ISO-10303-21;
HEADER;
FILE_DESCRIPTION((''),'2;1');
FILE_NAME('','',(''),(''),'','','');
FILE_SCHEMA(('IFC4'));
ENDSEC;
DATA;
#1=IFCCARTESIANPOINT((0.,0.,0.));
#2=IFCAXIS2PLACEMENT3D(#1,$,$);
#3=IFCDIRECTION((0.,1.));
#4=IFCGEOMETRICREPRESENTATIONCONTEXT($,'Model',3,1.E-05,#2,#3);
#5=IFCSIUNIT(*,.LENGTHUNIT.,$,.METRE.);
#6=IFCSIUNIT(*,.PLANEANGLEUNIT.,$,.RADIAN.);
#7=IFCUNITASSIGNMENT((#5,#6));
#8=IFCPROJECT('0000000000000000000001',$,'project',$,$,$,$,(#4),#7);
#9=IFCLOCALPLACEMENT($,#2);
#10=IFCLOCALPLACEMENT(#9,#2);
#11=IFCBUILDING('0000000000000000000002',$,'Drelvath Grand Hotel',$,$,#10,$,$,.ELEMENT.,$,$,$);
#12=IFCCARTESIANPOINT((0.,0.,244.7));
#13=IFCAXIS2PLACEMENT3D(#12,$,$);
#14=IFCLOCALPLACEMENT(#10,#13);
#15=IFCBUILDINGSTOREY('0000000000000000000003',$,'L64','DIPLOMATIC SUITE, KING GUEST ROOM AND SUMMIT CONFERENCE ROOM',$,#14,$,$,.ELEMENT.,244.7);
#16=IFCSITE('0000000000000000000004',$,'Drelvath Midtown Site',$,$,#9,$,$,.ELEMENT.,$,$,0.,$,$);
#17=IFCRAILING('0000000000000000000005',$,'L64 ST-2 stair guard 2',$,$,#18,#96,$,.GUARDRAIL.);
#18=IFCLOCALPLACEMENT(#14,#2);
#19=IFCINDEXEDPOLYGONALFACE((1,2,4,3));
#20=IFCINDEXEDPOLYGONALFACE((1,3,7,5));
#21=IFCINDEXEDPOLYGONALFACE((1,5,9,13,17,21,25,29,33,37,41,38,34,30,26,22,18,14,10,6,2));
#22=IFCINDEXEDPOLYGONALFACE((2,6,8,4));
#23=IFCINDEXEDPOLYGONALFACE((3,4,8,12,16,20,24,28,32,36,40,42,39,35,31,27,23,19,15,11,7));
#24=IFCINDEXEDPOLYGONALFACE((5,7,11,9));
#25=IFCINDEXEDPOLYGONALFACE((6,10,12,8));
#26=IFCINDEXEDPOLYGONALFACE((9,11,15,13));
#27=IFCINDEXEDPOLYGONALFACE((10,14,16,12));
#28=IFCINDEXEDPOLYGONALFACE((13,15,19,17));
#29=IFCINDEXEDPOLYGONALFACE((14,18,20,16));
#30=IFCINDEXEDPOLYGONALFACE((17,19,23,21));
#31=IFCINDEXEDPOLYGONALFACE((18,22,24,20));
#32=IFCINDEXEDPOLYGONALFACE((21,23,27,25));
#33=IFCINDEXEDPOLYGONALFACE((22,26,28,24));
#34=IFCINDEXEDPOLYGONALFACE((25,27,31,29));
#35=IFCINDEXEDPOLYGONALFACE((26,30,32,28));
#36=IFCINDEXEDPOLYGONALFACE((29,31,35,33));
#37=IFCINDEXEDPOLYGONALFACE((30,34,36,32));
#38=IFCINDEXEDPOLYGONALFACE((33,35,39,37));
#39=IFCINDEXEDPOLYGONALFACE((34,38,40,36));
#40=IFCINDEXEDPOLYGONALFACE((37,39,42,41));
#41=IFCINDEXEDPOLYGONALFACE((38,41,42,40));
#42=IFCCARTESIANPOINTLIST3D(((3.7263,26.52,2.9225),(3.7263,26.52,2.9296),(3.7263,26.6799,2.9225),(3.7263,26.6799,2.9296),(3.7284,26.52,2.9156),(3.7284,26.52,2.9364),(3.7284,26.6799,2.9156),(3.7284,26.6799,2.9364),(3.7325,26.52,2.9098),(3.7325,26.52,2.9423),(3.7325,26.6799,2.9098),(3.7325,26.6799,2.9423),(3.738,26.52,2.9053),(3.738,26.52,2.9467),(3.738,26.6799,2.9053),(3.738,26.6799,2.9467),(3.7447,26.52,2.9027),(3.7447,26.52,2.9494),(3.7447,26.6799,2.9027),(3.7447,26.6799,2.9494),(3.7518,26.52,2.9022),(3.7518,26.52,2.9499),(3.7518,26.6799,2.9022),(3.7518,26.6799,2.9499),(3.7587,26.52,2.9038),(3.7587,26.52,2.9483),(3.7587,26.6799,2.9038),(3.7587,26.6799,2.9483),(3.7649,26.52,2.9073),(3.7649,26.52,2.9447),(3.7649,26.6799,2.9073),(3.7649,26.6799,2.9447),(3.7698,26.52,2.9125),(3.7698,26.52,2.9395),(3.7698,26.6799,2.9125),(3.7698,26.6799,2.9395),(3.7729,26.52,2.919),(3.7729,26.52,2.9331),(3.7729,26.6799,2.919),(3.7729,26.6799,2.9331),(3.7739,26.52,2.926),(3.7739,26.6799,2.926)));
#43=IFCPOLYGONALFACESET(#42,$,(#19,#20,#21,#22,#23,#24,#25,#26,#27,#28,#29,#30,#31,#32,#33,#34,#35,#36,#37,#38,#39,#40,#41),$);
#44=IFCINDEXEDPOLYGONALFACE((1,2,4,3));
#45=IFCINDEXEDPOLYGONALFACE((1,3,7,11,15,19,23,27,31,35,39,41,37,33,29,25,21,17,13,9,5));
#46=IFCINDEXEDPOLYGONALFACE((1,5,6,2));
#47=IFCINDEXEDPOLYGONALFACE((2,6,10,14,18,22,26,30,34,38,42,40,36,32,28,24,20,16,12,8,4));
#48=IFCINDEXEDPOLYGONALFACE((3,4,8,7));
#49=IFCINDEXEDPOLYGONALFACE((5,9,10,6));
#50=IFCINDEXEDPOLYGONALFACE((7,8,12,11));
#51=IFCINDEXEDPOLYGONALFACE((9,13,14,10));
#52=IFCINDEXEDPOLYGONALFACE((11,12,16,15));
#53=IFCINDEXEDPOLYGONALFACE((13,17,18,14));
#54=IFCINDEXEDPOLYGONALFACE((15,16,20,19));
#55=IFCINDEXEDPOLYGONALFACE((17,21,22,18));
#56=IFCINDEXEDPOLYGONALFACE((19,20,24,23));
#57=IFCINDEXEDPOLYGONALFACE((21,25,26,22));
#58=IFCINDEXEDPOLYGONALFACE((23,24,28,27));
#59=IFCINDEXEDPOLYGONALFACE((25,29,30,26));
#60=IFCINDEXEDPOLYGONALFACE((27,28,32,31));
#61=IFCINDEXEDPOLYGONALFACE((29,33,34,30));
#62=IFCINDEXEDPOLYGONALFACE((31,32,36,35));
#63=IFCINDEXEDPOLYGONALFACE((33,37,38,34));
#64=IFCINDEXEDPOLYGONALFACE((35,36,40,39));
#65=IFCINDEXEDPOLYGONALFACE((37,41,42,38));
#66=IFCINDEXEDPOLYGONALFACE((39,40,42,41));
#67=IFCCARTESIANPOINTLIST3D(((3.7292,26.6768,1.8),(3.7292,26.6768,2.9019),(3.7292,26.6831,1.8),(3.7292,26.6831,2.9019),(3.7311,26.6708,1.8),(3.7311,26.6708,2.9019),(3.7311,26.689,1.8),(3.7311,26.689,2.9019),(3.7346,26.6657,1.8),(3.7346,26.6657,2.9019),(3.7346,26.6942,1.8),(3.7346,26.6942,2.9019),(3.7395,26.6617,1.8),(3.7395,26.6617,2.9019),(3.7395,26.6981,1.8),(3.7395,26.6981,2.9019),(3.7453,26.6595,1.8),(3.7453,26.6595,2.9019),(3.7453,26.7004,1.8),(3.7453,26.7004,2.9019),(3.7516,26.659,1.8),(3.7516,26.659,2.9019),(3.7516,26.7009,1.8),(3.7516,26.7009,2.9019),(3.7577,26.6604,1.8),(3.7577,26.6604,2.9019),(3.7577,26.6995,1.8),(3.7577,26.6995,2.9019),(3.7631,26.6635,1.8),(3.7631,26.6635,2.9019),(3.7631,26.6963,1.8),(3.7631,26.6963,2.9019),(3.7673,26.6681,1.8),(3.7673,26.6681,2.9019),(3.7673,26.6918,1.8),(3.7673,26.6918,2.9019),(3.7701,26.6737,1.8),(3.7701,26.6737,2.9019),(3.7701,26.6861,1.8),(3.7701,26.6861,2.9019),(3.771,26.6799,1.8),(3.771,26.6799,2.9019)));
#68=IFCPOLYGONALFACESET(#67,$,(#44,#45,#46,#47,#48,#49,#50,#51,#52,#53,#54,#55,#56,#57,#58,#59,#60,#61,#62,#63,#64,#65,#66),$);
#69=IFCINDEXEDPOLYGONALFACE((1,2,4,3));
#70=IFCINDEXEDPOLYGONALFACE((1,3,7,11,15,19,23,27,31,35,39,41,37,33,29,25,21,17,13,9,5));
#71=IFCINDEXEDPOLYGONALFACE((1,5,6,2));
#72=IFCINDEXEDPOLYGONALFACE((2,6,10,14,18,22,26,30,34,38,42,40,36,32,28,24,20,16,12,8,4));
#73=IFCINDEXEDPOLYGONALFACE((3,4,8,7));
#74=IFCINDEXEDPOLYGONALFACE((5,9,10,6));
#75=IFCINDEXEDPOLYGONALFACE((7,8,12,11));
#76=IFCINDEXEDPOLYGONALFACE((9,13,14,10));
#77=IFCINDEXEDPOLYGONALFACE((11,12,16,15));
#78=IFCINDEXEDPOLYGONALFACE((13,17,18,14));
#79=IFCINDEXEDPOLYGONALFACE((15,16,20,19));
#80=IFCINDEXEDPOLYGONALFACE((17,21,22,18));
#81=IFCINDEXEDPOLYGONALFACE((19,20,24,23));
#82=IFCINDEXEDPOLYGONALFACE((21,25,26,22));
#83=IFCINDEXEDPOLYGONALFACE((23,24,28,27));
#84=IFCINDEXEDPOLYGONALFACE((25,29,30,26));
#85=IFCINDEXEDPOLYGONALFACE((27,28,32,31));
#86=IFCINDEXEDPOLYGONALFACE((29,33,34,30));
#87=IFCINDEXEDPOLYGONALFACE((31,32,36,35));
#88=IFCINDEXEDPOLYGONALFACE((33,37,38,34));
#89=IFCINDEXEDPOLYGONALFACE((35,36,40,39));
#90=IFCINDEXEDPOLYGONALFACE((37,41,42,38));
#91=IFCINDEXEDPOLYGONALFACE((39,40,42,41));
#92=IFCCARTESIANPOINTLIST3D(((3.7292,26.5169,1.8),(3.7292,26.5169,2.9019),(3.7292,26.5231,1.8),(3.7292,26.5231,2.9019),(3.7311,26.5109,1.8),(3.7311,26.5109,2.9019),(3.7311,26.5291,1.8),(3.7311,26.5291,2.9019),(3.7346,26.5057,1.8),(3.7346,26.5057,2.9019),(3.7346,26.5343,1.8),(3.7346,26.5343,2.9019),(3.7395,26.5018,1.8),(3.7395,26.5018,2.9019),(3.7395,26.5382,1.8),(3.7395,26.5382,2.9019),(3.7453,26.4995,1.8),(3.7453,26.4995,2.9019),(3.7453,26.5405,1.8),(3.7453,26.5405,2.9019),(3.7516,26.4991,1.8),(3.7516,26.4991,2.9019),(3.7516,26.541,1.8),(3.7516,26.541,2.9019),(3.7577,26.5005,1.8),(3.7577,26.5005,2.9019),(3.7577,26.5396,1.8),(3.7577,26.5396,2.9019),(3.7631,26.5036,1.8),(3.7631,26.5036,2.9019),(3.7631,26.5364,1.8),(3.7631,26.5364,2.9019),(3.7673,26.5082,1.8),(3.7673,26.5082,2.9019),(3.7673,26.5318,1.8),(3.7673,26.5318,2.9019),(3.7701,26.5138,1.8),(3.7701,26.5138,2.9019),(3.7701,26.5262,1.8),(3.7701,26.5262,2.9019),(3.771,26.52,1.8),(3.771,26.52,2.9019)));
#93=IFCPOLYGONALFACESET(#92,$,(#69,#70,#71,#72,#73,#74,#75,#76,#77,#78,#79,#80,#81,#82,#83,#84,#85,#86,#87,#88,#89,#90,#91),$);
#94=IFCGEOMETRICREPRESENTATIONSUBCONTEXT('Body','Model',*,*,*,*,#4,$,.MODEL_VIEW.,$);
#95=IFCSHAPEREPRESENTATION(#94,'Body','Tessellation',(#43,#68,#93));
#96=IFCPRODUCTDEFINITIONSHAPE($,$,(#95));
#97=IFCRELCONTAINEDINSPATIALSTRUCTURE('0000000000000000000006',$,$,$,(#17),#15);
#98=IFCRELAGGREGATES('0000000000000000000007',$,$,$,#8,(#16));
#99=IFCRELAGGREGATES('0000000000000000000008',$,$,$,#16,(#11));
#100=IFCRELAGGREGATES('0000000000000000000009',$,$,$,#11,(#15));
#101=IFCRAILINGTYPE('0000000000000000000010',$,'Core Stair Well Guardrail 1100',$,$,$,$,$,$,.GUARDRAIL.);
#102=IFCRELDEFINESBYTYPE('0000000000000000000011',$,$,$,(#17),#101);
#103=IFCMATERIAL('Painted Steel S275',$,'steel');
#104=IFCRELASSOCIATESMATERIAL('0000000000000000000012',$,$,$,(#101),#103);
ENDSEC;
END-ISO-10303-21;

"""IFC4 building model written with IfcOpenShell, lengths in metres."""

from ifc_helpers import new_model, si_unit, direction, frame, origin, origin_2d, place, context, subcontext, project, spatial, circle, extrude, material, type_object, element, save


model = new_model("IFC4")

# Units and contexts
model_context = context("Model", 3, precision=1e-05, world=origin(), true_north=direction((0.0, 1.0)))
body_context = subcontext(model_context, "Body", "Model", "MODEL_VIEW")
ifc_project = project(units=[si_unit("LENGTHUNIT", "METRE"), si_unit("PLANEANGLEUNIT", "RADIAN")], contexts=[model_context])

# Site, building, storey
site_placement = place(None, origin())
site = spatial("IfcSite", under=ifc_project, at=site_placement, Name="Drelvath Midtown Site", CompositionType="ELEMENT", RefElevation=0.0)
building_placement = place(site_placement, origin())
building = spatial("IfcBuilding", under=site, at=building_placement, Name="Drelvath Grand Hotel", CompositionType="ELEMENT")
storey_placement = place(building_placement, frame((0.0, 0.0, 244.7)))
storey = spatial("IfcBuildingStorey", under=building, at=storey_placement, Name="L64", Description="DIPLOMATIC SUITE, KING GUEST ROOM AND SUMMIT CONFERENCE ROOM", CompositionType="ELEMENT", Elevation=244.7)

# Railing
ifc_material_1 = material(Name="Painted Steel S275", Category="steel")
railing_type_1 = type_object("IfcRailingType", Name="Core Stair Well Guardrail 1100", PredefinedType="GUARDRAIL", material=ifc_material_1)
railing_1_placement = place(storey_placement, frame((3.75, 26.6799, 1.8)))
element("IfcRailing", 1, at=railing_1_placement, inside=storey, type_object=railing_type_1, Name="L64 ST-2 stair guard 2", PredefinedType="GUARDRAIL", context=body_context, shape_type="SweptSolid", body=[
    extrude(circle(Radius=0.0239, at=origin_2d()), frame((0.0, 0.0, 1.126), z_axis=(0.0, -1.0, 0.0), x_axis=(1.0, 0.0, 0.0)), (0.0, 0.0, 1.0), 0.1599),
    extrude(circle(Radius=0.021, at=origin_2d()), origin(), (0.0, 0.0, 1.0), 1.1018),
    extrude(circle(Radius=0.021, at=origin_2d()), frame((0.0, -0.1599, 0.0)), (0.0, 0.0, 1.0), 1.1018),
])

save(model, "model.ifc")
